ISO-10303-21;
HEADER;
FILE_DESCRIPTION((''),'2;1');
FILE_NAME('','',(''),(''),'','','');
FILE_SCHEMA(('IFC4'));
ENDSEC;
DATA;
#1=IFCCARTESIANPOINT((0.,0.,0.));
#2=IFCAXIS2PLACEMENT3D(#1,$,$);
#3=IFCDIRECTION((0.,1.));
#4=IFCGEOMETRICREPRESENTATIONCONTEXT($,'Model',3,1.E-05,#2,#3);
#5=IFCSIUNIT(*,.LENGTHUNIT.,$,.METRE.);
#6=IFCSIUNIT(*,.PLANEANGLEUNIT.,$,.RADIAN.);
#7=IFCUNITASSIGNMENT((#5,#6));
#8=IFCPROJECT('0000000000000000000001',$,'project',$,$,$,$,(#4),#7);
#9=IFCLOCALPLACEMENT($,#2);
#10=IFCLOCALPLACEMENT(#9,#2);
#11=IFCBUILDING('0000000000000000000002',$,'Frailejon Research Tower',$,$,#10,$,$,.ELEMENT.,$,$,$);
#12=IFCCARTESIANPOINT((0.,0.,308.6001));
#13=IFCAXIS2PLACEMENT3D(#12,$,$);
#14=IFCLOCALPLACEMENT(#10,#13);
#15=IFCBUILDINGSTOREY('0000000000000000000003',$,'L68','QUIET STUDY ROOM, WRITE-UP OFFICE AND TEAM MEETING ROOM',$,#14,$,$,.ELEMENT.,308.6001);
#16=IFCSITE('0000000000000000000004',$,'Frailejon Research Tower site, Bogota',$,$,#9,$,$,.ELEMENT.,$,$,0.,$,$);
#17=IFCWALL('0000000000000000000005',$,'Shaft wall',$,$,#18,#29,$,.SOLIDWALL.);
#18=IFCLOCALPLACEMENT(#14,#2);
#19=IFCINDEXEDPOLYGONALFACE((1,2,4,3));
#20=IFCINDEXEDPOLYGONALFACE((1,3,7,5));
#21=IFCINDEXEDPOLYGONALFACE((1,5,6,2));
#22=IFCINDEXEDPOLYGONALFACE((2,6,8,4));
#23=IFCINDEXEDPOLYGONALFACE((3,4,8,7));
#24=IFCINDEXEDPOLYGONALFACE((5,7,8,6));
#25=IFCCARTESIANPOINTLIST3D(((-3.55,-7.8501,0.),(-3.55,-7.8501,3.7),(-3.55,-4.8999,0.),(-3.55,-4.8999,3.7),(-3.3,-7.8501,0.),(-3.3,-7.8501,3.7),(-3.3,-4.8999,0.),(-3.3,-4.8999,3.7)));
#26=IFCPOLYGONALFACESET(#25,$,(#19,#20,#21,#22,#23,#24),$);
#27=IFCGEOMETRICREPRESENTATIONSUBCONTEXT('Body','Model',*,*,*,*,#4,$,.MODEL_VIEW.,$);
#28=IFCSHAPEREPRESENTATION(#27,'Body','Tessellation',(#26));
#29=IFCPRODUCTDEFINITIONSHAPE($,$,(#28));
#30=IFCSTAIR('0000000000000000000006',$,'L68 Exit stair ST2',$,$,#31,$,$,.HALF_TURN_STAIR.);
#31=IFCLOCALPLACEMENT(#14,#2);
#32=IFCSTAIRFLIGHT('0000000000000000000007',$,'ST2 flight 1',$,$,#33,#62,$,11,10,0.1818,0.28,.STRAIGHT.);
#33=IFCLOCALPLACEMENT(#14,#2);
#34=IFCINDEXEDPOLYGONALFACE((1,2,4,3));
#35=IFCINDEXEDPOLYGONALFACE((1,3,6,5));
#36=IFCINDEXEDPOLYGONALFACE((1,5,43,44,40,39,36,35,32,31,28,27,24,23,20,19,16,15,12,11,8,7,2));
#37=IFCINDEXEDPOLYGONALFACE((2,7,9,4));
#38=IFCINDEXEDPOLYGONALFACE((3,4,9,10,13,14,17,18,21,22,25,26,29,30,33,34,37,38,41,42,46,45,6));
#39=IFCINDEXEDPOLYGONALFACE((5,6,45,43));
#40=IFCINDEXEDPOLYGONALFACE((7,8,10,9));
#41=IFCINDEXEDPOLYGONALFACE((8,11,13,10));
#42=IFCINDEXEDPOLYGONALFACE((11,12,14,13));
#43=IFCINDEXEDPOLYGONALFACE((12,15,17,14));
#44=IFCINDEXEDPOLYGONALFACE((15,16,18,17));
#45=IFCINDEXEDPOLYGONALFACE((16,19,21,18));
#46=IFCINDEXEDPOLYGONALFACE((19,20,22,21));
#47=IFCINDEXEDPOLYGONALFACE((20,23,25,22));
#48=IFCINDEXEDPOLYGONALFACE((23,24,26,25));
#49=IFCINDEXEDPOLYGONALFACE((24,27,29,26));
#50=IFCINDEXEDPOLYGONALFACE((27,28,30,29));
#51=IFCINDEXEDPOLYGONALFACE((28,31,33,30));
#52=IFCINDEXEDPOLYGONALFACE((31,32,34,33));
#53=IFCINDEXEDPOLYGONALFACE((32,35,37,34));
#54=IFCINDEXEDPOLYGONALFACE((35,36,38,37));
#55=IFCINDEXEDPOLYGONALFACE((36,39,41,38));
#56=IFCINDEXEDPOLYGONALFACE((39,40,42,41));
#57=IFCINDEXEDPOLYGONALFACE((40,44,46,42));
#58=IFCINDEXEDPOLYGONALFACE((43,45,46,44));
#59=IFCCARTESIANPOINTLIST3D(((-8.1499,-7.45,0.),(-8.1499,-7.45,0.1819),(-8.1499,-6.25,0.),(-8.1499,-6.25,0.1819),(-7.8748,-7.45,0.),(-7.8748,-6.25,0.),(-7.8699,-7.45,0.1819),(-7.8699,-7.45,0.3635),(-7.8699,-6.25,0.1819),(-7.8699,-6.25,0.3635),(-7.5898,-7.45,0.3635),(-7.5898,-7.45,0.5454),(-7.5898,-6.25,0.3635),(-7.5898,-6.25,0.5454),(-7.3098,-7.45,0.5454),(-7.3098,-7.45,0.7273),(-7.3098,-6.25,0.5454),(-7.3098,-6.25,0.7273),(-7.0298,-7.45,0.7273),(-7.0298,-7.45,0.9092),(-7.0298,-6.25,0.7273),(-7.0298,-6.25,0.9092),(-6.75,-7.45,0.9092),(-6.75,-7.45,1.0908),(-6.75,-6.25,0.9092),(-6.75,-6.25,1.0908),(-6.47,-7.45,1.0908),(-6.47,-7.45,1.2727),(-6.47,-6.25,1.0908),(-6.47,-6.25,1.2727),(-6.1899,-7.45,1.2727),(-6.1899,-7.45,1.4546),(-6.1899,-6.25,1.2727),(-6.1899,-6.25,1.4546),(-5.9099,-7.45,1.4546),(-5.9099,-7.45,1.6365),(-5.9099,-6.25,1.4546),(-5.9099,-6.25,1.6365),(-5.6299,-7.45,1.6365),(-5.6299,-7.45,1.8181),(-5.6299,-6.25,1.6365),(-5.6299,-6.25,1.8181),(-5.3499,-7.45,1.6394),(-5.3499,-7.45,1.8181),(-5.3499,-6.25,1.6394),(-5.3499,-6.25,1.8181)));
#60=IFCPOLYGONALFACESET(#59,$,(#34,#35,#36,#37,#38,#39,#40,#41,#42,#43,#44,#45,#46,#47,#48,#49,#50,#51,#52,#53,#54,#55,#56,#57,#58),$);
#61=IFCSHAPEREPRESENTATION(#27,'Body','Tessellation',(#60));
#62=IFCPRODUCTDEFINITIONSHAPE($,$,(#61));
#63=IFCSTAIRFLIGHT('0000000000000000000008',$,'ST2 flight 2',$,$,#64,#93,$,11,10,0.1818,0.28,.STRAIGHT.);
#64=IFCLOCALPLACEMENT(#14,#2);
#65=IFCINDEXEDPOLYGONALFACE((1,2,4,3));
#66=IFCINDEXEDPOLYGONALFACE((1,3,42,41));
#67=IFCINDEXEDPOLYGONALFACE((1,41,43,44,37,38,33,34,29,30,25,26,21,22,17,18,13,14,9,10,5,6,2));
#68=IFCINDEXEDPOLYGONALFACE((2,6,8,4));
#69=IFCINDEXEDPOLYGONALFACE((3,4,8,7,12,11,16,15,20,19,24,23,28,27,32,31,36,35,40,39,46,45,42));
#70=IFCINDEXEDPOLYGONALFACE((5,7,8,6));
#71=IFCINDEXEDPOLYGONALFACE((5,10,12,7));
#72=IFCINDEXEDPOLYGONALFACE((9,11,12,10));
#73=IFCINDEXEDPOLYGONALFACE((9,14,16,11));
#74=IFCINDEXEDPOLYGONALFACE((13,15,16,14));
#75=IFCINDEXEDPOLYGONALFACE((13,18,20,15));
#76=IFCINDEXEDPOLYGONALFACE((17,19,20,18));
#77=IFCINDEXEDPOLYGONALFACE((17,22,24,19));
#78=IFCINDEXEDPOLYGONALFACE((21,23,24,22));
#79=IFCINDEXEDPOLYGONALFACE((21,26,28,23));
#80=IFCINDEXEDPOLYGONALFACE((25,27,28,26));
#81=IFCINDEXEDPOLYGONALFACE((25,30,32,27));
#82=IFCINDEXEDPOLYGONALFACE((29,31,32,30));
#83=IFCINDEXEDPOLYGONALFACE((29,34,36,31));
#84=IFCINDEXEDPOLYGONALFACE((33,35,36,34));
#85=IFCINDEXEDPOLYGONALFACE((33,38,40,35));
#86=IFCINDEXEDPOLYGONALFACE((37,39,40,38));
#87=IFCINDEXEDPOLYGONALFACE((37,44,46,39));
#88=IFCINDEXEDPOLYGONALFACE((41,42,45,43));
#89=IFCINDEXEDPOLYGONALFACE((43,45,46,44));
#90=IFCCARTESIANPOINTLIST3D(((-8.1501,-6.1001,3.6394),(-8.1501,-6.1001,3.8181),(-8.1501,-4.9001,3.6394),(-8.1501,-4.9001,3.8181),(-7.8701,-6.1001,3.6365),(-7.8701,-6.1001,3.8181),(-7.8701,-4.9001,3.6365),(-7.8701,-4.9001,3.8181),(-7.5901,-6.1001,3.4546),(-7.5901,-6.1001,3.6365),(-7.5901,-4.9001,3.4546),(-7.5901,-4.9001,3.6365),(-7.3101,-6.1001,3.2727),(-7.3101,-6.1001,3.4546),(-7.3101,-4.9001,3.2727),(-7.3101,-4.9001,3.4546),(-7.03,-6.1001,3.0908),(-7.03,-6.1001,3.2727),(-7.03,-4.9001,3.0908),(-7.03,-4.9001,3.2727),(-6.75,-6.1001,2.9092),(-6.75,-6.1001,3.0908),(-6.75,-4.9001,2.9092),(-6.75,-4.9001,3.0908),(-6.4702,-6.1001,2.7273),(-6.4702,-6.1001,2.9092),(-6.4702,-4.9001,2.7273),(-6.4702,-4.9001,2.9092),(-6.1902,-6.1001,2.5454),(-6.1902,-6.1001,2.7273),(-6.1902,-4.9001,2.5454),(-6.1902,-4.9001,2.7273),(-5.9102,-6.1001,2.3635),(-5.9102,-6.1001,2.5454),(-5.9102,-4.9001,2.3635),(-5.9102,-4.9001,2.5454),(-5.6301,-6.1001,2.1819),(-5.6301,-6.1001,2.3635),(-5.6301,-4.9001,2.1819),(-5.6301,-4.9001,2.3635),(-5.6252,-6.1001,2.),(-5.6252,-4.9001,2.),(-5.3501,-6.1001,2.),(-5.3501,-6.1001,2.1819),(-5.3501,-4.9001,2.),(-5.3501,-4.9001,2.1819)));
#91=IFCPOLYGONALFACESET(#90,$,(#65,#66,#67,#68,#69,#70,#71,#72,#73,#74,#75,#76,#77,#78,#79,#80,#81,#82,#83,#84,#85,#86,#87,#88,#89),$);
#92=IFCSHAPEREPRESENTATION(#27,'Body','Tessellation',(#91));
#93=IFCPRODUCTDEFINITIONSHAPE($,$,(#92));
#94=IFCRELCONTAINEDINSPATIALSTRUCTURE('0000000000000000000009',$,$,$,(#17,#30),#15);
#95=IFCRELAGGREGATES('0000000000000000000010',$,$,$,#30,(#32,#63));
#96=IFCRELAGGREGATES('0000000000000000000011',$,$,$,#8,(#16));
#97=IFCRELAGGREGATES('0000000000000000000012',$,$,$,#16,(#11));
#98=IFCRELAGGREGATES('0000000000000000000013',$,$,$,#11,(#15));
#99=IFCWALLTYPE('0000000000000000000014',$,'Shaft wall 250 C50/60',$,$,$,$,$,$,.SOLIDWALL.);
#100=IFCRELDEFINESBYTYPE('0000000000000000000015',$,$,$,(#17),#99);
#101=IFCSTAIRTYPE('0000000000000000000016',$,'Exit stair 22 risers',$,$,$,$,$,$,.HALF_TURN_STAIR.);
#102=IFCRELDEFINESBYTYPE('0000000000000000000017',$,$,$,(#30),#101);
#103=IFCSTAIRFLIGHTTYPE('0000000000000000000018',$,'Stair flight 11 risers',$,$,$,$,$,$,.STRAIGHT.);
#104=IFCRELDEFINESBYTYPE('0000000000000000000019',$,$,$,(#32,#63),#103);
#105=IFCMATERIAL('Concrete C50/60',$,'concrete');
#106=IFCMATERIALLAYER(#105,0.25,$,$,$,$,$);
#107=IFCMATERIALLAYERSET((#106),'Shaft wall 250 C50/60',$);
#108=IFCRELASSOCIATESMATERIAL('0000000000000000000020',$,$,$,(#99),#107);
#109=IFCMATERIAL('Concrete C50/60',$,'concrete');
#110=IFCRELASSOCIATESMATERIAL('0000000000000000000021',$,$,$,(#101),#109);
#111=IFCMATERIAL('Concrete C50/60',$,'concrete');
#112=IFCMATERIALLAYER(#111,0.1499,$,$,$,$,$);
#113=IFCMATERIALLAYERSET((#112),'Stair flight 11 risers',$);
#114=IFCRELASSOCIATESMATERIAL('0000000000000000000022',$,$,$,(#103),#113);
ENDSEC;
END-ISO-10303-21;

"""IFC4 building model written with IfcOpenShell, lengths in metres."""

from ifc_helpers import new_model, si_unit, direction, frame, frame_2d, origin, place, context, subcontext, project, spatial, polyline, rectangle, outline, extrude, material, layer, layer_set, type_object, element, aggregate, save


model = new_model("IFC4")

# Units and contexts
model_context = context("Model", 3, precision=1e-05, world=origin(), true_north=direction((0.0, 1.0)))
body_context = subcontext(model_context, "Body", "Model", "MODEL_VIEW")
ifc_project = project(units=[si_unit("LENGTHUNIT", "METRE"), si_unit("PLANEANGLEUNIT", "RADIAN")], contexts=[model_context])

# Site, building, storey
site_placement = place(None, origin())
site = spatial("IfcSite", under=ifc_project, at=site_placement, Name="Frailejon Research Tower site, Bogota", CompositionType="ELEMENT", RefElevation=0.0)
building_placement = place(site_placement, origin())
building = spatial("IfcBuilding", under=site, at=building_placement, Name="Frailejon Research Tower", CompositionType="ELEMENT")
storey_placement = place(building_placement, frame((0.0, 0.0, 308.6001)))
storey = spatial("IfcBuildingStorey", under=building, at=storey_placement, Name="L68", Description="QUIET STUDY ROOM, WRITE-UP OFFICE AND TEAM MEETING ROOM", CompositionType="ELEMENT", Elevation=308.6001)

# Shared definitions
ifc_material_1 = material(Name="Concrete C50/60", Category="concrete")
ifc_layer_1 = layer(ifc_material_1, 0.25)
ifc_layer_set_1 = layer_set([ifc_layer_1], Name="Shaft wall 250 C50/60")
wall_type_1 = type_object("IfcWallType", Name="Shaft wall 250 C50/60", PredefinedType="SOLIDWALL", material=ifc_layer_set_1)

# Wall
wall_1_placement = place(storey_placement, frame((-3.425, -7.8501, 0.0), z_axis=(0.0, 0.0, 1.0), x_axis=(0.0, 1.0, 0.0)))
element("IfcWall", 1, at=wall_1_placement, inside=storey, type_object=wall_type_1, Name="Shaft wall", PredefinedType="SOLIDWALL", context=body_context, shape_type="SweptSolid", body=[
    extrude(rectangle(XDim=2.9502, YDim=0.25, at=frame_2d((1.4751, 0.0))), origin(), (0.0, 0.0, 1.0), 3.7),
])

# Stair, stair flights
ifc_material_2 = material(Name="Concrete C50/60", Category="concrete")
stair_type = type_object("IfcStairType", Name="Exit stair 22 risers", PredefinedType="HALF_TURN_STAIR", material=ifc_material_2)
stair_placement = place(storey_placement, origin())
stair = element("IfcStair", 2, at=stair_placement, inside=storey, type_object=stair_type, Name="L68 Exit stair ST2", PredefinedType="HALF_TURN_STAIR")
ifc_material_3 = material(Name="Concrete C50/60", Category="concrete")
ifc_layer_2 = layer(ifc_material_3, 0.1499)
ifc_layer_set_2 = layer_set([ifc_layer_2], Name="Stair flight 11 risers")
stair_flight_type = type_object("IfcStairFlightType", Name="Stair flight 11 risers", PredefinedType="STRAIGHT", material=ifc_layer_set_2)
stair_flight_1_placement = place(storey_placement, frame((-8.1499, -6.8501, 0.0), z_axis=(0.0, 0.0, 1.0), x_axis=(1.0, 0.0, 0.0)))
stair_flight_1 = element("IfcStairFlight", 3, at=stair_flight_1_placement, type_object=stair_flight_type, Name="ST2 flight 1", NumberOfRisers=11, NumberOfTreads=10, PredefinedType="STRAIGHT", RiserHeight=0.1818, TreadLength=0.28, context=body_context, shape_type="SweptSolid", body=[
    extrude(outline(polyline([(0.0, 0.0), (0.0, 0.1819), (0.28, 0.1819), (0.28, 0.3635), (0.5601, 0.3635), (0.5601, 0.5454), (0.8401, 0.5454), (0.8401, 0.7273), (1.1201, 0.7273), (1.1201, 0.9092), (1.3999, 0.9092), (1.3999, 1.0908), (1.6799, 1.0908), (1.6799, 1.2727), (1.96, 1.2727), (1.96, 1.4546), (2.24, 1.4546), (2.24, 1.6365), (2.52, 1.6365), (2.52, 1.8181), (2.8, 1.8181), (2.8, 2.0), (2.8, 1.6394), (0.2751, 0.0), (0.0, 0.0)])), frame((0.0, 0.6001, 0.0), z_axis=(0.0, -1.0, 0.0), x_axis=(1.0, 0.0, 0.0)), (0.0, 0.0, 1.0), 1.2),
])
stair_flight_2_placement = place(storey_placement, frame((-5.3501, -5.5, 2.0), z_axis=(0.0, 0.0, 1.0), x_axis=(-1.0, 0.0, 0.0)))
stair_flight_2 = element("IfcStairFlight", 4, at=stair_flight_2_placement, type_object=stair_flight_type, Name="ST2 flight 2", NumberOfRisers=11, NumberOfTreads=10, PredefinedType="STRAIGHT", RiserHeight=0.1818, TreadLength=0.28, context=body_context, shape_type="SweptSolid", body=[
    extrude(outline(polyline([(0.0, 0.0), (0.0, 0.1819), (0.28, 0.1819), (0.28, 0.3635), (0.5601, 0.3635), (0.5601, 0.5454), (0.8401, 0.5454), (0.8401, 0.7273), (1.1201, 0.7273), (1.1201, 0.9092), (1.3999, 0.9092), (1.3999, 1.0908), (1.6799, 1.0908), (1.6799, 1.2727), (1.96, 1.2727), (1.96, 1.4546), (2.24, 1.4546), (2.24, 1.6365), (2.52, 1.6365), (2.52, 1.8181), (2.8, 1.8181), (2.8, 2.0), (2.8, 1.6394), (0.2751, 0.0), (0.0, 0.0)])), frame((0.0, 0.6001, 0.0), z_axis=(0.0, -1.0, 0.0), x_axis=(1.0, 0.0, 0.0)), (0.0, 0.0, 1.0), 1.2),
])
aggregate(stair, [stair_flight_1, stair_flight_2])

save(model, "model.ifc")
